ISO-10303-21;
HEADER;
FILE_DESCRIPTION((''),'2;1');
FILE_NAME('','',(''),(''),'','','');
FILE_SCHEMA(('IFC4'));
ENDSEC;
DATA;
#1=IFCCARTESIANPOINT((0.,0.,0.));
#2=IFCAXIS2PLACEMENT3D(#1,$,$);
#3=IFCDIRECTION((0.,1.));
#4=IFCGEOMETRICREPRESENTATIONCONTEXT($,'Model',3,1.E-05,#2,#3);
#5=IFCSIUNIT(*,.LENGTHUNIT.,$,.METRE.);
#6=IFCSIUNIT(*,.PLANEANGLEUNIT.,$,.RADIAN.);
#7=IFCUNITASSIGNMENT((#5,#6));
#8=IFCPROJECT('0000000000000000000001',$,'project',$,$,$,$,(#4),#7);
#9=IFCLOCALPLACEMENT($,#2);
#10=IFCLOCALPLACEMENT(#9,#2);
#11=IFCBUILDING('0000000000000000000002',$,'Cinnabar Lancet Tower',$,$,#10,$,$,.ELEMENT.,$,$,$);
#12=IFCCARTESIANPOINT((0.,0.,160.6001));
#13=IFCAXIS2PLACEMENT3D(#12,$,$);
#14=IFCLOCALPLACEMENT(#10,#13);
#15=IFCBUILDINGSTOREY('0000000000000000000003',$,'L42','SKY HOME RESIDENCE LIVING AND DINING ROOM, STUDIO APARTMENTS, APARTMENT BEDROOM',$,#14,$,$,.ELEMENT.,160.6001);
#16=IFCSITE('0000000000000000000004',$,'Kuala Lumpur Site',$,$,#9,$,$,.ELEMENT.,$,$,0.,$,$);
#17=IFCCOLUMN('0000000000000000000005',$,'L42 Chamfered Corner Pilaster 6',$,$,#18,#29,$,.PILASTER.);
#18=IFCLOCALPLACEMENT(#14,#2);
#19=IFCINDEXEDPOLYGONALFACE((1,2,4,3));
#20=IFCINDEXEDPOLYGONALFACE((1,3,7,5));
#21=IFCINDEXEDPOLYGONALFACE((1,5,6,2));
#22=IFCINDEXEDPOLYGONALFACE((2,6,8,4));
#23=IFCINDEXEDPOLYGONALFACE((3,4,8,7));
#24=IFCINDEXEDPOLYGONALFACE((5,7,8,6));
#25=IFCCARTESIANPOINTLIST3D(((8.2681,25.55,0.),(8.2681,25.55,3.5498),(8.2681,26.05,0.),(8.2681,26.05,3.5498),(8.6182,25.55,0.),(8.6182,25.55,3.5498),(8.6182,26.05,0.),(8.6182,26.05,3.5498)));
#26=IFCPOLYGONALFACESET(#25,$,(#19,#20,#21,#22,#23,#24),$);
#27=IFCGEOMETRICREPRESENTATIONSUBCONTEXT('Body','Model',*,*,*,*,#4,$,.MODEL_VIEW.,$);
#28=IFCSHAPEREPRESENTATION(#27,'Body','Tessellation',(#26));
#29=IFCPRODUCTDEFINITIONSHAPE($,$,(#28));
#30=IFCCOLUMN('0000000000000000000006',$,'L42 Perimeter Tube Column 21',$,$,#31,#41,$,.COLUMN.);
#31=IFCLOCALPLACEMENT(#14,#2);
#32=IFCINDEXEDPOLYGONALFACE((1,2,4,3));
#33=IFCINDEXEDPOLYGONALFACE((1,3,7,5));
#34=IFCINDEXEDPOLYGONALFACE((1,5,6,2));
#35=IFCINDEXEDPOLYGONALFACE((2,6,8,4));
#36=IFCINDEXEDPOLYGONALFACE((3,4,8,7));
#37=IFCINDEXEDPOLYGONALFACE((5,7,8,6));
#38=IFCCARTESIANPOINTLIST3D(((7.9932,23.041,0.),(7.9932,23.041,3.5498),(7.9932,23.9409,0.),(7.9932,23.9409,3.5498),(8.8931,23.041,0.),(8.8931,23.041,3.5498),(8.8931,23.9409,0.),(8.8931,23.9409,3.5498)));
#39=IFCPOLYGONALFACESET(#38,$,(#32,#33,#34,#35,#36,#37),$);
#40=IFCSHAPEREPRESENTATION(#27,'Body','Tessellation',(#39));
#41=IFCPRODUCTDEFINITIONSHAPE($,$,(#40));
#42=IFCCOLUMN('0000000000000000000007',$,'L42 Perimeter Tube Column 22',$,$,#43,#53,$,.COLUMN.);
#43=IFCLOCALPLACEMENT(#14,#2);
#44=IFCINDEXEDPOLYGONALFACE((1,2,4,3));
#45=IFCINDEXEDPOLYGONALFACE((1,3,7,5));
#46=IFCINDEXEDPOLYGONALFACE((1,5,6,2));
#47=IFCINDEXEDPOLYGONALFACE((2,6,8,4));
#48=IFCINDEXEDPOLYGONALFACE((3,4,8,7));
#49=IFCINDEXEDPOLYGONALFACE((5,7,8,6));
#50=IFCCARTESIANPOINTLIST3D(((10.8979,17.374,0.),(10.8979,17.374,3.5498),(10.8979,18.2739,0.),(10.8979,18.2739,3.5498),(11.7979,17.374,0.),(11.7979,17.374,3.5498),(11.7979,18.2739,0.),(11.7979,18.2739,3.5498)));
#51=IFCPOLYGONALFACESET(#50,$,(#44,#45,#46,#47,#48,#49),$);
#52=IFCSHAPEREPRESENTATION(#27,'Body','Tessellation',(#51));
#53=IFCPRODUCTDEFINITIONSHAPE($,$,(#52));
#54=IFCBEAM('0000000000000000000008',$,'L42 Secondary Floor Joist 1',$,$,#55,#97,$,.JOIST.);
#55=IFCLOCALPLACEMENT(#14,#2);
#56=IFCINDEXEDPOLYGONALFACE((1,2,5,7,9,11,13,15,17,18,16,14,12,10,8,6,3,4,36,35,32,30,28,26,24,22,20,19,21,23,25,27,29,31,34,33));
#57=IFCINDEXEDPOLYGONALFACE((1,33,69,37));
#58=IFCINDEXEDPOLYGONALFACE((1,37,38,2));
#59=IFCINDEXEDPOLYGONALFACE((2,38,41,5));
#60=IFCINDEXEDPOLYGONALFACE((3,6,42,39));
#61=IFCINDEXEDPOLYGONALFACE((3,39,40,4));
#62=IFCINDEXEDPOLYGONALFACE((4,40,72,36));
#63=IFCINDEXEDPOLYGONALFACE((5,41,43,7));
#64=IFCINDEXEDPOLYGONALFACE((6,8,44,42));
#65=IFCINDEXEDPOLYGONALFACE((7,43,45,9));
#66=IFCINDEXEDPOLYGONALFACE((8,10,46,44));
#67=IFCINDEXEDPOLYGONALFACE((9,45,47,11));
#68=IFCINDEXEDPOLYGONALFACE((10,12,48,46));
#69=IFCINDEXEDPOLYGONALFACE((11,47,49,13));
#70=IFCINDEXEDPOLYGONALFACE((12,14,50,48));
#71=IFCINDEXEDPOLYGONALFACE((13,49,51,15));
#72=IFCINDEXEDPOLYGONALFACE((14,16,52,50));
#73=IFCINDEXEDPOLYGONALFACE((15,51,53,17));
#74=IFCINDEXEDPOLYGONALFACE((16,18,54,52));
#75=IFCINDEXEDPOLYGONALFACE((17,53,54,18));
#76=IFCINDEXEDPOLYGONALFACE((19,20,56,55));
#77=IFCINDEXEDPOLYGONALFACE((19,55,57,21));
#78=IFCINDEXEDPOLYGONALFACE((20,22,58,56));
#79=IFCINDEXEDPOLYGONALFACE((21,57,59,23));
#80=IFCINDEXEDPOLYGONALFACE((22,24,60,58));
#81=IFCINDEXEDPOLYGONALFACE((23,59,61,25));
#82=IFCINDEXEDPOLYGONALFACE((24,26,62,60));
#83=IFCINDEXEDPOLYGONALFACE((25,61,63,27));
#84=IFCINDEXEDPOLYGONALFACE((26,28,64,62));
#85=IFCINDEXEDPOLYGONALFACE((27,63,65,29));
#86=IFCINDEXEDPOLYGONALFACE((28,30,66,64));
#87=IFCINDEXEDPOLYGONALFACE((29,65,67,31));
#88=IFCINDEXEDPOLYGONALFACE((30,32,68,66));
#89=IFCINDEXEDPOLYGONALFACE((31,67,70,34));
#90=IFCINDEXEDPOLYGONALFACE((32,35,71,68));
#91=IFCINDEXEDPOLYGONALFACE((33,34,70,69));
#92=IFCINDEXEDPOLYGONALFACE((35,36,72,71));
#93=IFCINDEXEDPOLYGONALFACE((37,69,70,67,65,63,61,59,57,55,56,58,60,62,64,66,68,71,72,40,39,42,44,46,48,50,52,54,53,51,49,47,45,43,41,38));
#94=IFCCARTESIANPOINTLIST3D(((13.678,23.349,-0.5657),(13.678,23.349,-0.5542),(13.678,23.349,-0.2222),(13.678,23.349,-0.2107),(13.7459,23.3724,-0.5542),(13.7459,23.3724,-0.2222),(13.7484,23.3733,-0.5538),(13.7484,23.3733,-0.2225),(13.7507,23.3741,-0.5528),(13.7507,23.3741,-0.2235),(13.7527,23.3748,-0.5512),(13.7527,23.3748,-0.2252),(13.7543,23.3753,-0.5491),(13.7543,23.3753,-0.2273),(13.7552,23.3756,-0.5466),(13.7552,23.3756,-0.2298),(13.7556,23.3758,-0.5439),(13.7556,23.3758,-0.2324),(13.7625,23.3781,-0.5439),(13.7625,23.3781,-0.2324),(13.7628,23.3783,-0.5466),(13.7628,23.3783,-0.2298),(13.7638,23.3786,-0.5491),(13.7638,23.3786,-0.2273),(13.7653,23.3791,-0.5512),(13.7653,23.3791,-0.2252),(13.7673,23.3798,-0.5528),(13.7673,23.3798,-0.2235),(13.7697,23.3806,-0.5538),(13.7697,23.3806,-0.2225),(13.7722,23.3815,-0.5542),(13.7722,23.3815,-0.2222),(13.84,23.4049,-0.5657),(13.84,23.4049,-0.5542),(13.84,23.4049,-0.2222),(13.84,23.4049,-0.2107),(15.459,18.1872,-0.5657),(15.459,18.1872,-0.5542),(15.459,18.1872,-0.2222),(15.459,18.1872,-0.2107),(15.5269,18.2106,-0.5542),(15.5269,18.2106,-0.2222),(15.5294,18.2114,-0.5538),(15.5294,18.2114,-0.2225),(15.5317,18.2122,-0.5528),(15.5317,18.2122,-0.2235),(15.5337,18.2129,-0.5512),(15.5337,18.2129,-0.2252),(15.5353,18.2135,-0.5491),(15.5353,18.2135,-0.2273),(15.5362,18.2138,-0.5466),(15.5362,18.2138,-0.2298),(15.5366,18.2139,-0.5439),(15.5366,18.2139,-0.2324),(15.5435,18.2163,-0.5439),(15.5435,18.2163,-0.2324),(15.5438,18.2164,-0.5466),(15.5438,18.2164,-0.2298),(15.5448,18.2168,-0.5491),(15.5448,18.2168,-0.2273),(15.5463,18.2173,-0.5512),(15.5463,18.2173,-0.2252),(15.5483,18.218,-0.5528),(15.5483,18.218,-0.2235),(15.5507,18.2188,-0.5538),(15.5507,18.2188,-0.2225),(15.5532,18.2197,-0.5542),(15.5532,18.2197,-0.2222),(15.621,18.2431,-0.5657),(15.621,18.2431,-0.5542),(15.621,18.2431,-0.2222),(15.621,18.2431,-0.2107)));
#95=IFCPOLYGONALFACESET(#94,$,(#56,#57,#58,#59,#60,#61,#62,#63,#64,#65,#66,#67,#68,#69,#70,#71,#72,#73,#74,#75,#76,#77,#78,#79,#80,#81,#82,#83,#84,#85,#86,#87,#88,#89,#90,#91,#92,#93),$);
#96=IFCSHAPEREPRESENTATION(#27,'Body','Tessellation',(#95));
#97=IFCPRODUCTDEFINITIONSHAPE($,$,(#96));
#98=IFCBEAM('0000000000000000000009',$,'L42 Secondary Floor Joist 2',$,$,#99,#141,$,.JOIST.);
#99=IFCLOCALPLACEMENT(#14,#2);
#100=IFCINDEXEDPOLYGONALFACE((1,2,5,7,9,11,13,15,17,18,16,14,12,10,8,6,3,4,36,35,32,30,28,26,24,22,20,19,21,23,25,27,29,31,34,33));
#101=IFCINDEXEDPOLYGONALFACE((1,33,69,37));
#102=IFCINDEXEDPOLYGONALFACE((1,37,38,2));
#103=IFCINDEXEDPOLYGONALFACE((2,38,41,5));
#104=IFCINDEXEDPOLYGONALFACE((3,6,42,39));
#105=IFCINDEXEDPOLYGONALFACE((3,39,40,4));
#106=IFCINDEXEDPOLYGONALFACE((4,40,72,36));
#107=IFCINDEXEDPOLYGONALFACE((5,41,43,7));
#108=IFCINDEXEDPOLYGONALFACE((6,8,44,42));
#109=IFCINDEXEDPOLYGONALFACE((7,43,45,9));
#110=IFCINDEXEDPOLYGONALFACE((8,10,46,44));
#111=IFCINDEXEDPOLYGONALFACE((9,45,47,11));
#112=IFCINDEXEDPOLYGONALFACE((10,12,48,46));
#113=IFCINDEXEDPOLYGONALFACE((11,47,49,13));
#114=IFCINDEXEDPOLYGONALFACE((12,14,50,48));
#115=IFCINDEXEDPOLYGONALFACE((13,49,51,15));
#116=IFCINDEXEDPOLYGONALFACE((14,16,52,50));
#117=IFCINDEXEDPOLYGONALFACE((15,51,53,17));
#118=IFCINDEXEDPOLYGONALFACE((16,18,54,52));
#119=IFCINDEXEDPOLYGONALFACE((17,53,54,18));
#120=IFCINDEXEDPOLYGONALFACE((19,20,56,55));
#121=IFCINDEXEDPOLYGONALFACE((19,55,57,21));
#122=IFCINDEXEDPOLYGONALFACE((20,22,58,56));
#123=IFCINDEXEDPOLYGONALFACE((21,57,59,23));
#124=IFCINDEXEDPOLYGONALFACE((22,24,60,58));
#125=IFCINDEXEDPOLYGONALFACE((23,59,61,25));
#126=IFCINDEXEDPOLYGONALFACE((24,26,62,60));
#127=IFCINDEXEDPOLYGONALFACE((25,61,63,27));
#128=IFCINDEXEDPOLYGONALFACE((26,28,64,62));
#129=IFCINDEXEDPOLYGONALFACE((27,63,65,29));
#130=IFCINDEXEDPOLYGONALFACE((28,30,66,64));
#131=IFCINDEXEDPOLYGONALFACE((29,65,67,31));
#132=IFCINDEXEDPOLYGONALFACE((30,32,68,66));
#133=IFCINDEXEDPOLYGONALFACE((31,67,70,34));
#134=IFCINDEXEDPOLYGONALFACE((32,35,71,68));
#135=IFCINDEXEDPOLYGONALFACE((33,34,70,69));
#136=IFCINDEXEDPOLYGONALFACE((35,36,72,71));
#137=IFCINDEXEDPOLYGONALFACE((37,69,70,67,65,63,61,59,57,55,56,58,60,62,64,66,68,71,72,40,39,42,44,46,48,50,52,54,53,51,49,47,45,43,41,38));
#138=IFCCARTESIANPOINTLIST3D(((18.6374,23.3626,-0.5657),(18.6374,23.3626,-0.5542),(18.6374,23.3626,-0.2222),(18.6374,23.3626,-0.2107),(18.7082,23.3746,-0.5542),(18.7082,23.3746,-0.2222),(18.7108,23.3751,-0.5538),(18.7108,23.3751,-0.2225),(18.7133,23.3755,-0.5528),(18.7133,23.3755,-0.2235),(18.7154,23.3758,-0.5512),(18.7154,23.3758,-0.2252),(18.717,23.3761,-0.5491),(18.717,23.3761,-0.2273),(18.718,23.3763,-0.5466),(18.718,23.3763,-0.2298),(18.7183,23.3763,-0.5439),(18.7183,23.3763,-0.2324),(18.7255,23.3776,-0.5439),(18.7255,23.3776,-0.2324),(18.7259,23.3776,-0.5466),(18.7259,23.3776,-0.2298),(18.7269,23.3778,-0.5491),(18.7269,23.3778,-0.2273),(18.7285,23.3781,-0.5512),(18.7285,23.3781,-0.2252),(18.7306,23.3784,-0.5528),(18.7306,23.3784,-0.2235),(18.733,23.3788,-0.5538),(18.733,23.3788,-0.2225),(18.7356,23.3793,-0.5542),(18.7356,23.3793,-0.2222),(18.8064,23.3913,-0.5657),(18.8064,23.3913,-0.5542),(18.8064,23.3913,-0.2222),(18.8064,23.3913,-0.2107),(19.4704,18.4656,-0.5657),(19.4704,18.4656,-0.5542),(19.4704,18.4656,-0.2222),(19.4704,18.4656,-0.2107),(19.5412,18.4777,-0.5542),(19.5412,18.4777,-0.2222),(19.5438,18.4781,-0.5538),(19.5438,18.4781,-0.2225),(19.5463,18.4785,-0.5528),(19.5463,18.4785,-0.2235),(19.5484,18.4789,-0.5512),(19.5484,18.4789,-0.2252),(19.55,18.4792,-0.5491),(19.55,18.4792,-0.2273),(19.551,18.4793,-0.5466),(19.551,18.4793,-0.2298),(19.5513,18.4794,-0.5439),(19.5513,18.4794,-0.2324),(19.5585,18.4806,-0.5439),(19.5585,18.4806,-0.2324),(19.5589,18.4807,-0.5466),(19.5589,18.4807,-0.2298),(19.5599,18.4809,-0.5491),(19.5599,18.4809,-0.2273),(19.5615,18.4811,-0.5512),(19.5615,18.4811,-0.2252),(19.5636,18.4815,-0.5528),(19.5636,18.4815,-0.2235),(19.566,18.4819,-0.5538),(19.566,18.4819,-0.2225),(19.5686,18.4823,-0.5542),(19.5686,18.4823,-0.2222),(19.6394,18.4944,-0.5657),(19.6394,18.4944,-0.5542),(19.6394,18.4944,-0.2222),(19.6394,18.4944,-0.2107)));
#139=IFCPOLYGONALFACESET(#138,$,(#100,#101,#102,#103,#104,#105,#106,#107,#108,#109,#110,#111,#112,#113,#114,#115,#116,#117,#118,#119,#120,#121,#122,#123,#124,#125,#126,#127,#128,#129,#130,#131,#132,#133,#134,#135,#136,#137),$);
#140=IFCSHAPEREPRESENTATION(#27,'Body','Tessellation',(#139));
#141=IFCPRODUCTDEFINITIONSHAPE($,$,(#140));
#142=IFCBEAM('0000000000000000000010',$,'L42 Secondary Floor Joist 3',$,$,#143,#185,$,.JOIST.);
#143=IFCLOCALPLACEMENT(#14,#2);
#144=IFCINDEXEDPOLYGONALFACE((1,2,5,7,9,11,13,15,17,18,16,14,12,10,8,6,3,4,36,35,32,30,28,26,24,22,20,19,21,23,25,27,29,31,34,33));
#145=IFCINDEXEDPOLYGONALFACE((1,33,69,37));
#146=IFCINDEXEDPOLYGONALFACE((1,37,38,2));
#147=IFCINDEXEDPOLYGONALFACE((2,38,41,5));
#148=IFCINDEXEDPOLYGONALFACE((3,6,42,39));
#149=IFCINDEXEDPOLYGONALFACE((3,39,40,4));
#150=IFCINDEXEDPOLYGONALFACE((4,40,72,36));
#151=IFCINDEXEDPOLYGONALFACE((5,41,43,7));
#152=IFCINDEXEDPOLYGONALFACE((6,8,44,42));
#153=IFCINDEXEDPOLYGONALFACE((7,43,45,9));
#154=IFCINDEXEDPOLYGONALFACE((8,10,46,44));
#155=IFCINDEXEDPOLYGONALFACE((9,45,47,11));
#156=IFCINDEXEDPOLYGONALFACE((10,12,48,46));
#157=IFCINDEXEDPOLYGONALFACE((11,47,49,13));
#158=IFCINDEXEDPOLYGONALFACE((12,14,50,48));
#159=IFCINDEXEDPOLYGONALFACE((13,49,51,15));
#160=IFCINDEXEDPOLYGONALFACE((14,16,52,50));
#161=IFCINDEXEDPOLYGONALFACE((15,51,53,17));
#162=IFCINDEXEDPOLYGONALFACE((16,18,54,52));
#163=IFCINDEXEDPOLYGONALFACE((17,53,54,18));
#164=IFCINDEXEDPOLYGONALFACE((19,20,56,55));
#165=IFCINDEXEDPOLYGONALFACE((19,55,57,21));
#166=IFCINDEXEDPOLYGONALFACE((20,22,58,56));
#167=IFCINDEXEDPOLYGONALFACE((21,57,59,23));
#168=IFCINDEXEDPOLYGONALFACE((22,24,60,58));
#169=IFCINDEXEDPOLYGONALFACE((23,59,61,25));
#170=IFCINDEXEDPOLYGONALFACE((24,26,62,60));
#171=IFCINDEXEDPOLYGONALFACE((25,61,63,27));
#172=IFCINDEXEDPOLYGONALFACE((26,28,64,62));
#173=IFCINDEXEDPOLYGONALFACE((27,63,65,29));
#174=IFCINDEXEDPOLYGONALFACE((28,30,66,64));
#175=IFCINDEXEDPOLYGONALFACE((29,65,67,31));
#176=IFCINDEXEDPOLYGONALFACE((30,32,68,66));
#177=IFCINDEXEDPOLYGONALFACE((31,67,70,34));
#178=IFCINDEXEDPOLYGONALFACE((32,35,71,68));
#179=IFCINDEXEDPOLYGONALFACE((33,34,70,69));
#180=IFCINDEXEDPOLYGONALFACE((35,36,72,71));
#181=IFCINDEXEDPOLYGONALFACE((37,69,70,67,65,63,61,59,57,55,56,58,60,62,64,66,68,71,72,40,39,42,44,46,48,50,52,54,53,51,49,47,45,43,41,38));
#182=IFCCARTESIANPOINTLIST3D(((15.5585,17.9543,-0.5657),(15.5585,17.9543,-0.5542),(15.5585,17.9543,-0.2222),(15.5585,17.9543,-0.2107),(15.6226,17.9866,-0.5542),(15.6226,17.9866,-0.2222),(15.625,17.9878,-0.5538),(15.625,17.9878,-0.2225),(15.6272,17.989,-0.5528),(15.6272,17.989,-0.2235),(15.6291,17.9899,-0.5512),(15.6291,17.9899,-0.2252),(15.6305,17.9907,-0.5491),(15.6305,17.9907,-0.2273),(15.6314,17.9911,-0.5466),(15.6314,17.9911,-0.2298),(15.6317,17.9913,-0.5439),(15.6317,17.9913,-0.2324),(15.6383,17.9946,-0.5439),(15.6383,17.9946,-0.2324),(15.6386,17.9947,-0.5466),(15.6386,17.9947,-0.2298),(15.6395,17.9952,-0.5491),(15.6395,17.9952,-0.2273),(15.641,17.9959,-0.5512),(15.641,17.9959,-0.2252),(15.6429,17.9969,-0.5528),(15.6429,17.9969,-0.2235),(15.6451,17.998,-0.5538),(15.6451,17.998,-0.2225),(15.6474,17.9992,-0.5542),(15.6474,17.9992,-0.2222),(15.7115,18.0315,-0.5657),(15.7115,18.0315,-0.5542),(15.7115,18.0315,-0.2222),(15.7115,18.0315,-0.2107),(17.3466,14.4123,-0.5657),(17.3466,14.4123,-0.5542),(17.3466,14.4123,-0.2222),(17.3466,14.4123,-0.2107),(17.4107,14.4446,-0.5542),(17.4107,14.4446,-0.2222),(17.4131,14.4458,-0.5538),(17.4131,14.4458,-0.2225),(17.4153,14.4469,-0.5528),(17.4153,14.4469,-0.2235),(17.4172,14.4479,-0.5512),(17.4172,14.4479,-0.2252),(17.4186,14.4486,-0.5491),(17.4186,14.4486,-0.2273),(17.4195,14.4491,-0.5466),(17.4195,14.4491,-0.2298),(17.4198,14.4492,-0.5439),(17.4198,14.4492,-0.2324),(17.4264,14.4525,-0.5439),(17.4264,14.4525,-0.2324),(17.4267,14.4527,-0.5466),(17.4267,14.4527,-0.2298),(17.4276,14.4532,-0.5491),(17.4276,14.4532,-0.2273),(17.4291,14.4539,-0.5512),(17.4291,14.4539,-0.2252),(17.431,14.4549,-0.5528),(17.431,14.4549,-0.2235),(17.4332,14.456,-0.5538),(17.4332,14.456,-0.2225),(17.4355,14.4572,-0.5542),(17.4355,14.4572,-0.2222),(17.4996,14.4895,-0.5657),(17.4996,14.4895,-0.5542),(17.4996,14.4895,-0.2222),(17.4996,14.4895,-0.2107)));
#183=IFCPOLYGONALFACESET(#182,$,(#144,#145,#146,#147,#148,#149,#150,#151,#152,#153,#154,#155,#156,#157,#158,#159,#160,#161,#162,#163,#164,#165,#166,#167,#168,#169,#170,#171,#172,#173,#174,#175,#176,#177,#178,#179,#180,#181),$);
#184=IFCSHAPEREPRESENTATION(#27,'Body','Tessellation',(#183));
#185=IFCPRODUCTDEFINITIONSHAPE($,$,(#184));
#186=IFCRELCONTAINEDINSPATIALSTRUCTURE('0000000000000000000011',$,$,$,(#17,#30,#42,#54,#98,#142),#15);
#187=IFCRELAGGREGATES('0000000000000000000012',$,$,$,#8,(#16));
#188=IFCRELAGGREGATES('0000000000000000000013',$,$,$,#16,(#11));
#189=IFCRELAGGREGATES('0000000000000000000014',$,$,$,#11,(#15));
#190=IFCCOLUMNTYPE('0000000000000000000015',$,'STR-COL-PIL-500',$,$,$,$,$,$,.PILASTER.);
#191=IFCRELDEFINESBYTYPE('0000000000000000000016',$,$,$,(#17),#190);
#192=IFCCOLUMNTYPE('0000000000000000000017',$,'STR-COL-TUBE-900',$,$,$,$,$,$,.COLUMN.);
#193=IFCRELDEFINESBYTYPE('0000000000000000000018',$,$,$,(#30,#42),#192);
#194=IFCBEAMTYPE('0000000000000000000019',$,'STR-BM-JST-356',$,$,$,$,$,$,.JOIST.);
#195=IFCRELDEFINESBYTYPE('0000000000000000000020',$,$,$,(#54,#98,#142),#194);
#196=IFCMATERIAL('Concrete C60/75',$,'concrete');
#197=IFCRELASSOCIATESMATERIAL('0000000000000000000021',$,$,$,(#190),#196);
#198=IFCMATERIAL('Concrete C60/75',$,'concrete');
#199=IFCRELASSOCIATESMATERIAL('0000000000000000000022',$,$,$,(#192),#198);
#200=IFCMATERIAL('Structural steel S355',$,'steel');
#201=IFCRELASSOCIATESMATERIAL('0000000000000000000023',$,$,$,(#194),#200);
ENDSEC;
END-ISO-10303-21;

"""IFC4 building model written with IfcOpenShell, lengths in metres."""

from ifc_helpers import new_model, si_unit, direction, frame, origin, origin_2d, place, context, subcontext, project, spatial, rectangle, i_section, extrude, material, material_profile, profile_set, type_object, element, save


model = new_model("IFC4")

# Units and contexts
model_context = context("Model", 3, precision=1e-05, world=origin(), true_north=direction((0.0, 1.0)))
body_context = subcontext(model_context, "Body", "Model", "MODEL_VIEW")
ifc_project = project(units=[si_unit("LENGTHUNIT", "METRE"), si_unit("PLANEANGLEUNIT", "RADIAN")], contexts=[model_context])

# Site, building, storey
site_placement = place(None, origin())
site = spatial("IfcSite", under=ifc_project, at=site_placement, Name="Kuala Lumpur Site", CompositionType="ELEMENT", RefElevation=0.0)
building_placement = place(site_placement, origin())
building = spatial("IfcBuilding", under=site, at=building_placement, Name="Cinnabar Lancet Tower", CompositionType="ELEMENT")
storey_placement = place(building_placement, frame((0.0, 0.0, 160.6001)))
storey = spatial("IfcBuildingStorey", under=building, at=storey_placement, Name="L42", Description="SKY HOME RESIDENCE LIVING AND DINING ROOM, STUDIO APARTMENTS, APARTMENT BEDROOM", CompositionType="ELEMENT", Elevation=160.6001)

# Columns
ifc_material_1 = material(Name="Concrete C60/75", Category="concrete")
ifc_material_profile_1 = material_profile(ifc_material_1, rectangle(XDim=0.5, YDim=0.3501, at=origin_2d()), Name="RC-PIL 500x350")
ifc_profile_set_1 = profile_set([ifc_material_profile_1], Name="Concrete C60/75")
column_type_1 = type_object("IfcColumnType", Name="STR-COL-PIL-500", PredefinedType="PILASTER", material=ifc_profile_set_1)
column_placement = place(storey_placement, frame((8.4431, 25.8, 0.0), z_axis=(0.0, 0.0, 1.0), x_axis=(0.0, -1.0, 0.0)))
element("IfcColumn", 1, at=column_placement, inside=storey, type_object=column_type_1, Name="L42 Chamfered Corner Pilaster 6", PredefinedType="PILASTER", context=body_context, shape_type="SweptSolid", body=[
    extrude(rectangle(XDim=0.5, YDim=0.3501, at=origin_2d()), origin(), (0.0, 0.0, 1.0), 3.5498),
])
ifc_material_2 = material(Name="Concrete C60/75", Category="concrete")
ifc_material_profile_2 = material_profile(ifc_material_2, rectangle(XDim=0.8999, YDim=0.8999, at=origin_2d()), Name="RC-COL 900x900")
ifc_profile_set_2 = profile_set([ifc_material_profile_2], Name="Concrete C60/75")
column_type_2 = type_object("IfcColumnType", Name="STR-COL-TUBE-900", PredefinedType="COLUMN", material=ifc_profile_set_2)
for number, where, z_axis, x_axis, name in (
    (2, (8.4431, 23.491, 0.0), (0.0, 0.0, 1.0), (1.0, 0.0, 0.0), "L42 Perimeter Tube Column 21"),
    (3, (11.3479, 17.824, 0.0), (0.0, 0.0, 1.0), (1.0, 0.0, 0.0), "L42 Perimeter Tube Column 22"),
):
    element("IfcColumn", number, at=place(storey_placement, frame(where, z_axis=z_axis, x_axis=x_axis)), inside=storey, type_object=column_type_2, Name=name, PredefinedType="COLUMN", context=body_context, shape_type="SweptSolid", body=[
        extrude(rectangle(XDim=0.8999, YDim=0.8999, at=origin_2d()), origin(), (0.0, 0.0, 1.0), 3.5498),
    ])

# Beams
ifc_material_3 = material(Name="Structural steel S355", Category="steel")
ifc_material_profile_3 = material_profile(ifc_material_3, i_section(OverallWidth=0.1714, OverallDepth=0.355, WebThickness=0.0073, FlangeThickness=0.0115, FilletRadius=0.0103, at=origin_2d()), Name="UKB 356x171x51")
ifc_profile_set_3 = profile_set([ifc_material_profile_3], Name="Structural steel S355")
beam_type_1 = type_object("IfcBeamType", Name="STR-BM-JST-356", PredefinedType="JOIST", material=ifc_profile_set_3)
beam_1_placement = place(storey_placement, frame((13.759, 23.377, -0.3882), z_axis=(0.326163, -0.945314, 0.0), x_axis=(0.945314, 0.326163, 0.0)))
element("IfcBeam", 4, at=beam_1_placement, inside=storey, type_object=beam_type_1, Name="L42 Secondary Floor Joist 1", PredefinedType="JOIST", context=body_context, shape_type="SweptSolid", body=[
    extrude(i_section(OverallWidth=0.1714, OverallDepth=0.355, WebThickness=0.0073, FlangeThickness=0.0115, FilletRadius=0.0103, at=origin_2d()), origin(), (0.0, 0.0, 1.0), 5.4604),
])
beam_2_placement = place(storey_placement, frame((18.7219, 23.377, -0.3882), z_axis=(0.167698, -0.985838, 0.0), x_axis=(0.985838, 0.167698, 0.0)))
element("IfcBeam", 5, at=beam_2_placement, inside=storey, type_object=beam_type_1, Name="L42 Secondary Floor Joist 2", PredefinedType="JOIST", context=body_context, shape_type="SweptSolid", body=[
    extrude(i_section(OverallWidth=0.1714, OverallDepth=0.355, WebThickness=0.0073, FlangeThickness=0.0115, FilletRadius=0.0103, at=origin_2d()), origin(), (0.0, 0.0, 1.0), 4.9673),
])
beam_3_placement = place(storey_placement, frame((15.635, 17.9929, -0.3882), z_axis=(0.450656, -0.892698, 0.0), x_axis=(0.892698, 0.450656, 0.0)))
element("IfcBeam", 6, at=beam_3_placement, inside=storey, type_object=beam_type_1, Name="L42 Secondary Floor Joist 3", PredefinedType="JOIST", context=body_context, shape_type="SweptSolid", body=[
    extrude(i_section(OverallWidth=0.1714, OverallDepth=0.355, WebThickness=0.0073, FlangeThickness=0.0115, FilletRadius=0.0103, at=origin_2d()), origin(), (0.0, 0.0, 1.0), 3.9678),
])

save(model, "model.ifc")
